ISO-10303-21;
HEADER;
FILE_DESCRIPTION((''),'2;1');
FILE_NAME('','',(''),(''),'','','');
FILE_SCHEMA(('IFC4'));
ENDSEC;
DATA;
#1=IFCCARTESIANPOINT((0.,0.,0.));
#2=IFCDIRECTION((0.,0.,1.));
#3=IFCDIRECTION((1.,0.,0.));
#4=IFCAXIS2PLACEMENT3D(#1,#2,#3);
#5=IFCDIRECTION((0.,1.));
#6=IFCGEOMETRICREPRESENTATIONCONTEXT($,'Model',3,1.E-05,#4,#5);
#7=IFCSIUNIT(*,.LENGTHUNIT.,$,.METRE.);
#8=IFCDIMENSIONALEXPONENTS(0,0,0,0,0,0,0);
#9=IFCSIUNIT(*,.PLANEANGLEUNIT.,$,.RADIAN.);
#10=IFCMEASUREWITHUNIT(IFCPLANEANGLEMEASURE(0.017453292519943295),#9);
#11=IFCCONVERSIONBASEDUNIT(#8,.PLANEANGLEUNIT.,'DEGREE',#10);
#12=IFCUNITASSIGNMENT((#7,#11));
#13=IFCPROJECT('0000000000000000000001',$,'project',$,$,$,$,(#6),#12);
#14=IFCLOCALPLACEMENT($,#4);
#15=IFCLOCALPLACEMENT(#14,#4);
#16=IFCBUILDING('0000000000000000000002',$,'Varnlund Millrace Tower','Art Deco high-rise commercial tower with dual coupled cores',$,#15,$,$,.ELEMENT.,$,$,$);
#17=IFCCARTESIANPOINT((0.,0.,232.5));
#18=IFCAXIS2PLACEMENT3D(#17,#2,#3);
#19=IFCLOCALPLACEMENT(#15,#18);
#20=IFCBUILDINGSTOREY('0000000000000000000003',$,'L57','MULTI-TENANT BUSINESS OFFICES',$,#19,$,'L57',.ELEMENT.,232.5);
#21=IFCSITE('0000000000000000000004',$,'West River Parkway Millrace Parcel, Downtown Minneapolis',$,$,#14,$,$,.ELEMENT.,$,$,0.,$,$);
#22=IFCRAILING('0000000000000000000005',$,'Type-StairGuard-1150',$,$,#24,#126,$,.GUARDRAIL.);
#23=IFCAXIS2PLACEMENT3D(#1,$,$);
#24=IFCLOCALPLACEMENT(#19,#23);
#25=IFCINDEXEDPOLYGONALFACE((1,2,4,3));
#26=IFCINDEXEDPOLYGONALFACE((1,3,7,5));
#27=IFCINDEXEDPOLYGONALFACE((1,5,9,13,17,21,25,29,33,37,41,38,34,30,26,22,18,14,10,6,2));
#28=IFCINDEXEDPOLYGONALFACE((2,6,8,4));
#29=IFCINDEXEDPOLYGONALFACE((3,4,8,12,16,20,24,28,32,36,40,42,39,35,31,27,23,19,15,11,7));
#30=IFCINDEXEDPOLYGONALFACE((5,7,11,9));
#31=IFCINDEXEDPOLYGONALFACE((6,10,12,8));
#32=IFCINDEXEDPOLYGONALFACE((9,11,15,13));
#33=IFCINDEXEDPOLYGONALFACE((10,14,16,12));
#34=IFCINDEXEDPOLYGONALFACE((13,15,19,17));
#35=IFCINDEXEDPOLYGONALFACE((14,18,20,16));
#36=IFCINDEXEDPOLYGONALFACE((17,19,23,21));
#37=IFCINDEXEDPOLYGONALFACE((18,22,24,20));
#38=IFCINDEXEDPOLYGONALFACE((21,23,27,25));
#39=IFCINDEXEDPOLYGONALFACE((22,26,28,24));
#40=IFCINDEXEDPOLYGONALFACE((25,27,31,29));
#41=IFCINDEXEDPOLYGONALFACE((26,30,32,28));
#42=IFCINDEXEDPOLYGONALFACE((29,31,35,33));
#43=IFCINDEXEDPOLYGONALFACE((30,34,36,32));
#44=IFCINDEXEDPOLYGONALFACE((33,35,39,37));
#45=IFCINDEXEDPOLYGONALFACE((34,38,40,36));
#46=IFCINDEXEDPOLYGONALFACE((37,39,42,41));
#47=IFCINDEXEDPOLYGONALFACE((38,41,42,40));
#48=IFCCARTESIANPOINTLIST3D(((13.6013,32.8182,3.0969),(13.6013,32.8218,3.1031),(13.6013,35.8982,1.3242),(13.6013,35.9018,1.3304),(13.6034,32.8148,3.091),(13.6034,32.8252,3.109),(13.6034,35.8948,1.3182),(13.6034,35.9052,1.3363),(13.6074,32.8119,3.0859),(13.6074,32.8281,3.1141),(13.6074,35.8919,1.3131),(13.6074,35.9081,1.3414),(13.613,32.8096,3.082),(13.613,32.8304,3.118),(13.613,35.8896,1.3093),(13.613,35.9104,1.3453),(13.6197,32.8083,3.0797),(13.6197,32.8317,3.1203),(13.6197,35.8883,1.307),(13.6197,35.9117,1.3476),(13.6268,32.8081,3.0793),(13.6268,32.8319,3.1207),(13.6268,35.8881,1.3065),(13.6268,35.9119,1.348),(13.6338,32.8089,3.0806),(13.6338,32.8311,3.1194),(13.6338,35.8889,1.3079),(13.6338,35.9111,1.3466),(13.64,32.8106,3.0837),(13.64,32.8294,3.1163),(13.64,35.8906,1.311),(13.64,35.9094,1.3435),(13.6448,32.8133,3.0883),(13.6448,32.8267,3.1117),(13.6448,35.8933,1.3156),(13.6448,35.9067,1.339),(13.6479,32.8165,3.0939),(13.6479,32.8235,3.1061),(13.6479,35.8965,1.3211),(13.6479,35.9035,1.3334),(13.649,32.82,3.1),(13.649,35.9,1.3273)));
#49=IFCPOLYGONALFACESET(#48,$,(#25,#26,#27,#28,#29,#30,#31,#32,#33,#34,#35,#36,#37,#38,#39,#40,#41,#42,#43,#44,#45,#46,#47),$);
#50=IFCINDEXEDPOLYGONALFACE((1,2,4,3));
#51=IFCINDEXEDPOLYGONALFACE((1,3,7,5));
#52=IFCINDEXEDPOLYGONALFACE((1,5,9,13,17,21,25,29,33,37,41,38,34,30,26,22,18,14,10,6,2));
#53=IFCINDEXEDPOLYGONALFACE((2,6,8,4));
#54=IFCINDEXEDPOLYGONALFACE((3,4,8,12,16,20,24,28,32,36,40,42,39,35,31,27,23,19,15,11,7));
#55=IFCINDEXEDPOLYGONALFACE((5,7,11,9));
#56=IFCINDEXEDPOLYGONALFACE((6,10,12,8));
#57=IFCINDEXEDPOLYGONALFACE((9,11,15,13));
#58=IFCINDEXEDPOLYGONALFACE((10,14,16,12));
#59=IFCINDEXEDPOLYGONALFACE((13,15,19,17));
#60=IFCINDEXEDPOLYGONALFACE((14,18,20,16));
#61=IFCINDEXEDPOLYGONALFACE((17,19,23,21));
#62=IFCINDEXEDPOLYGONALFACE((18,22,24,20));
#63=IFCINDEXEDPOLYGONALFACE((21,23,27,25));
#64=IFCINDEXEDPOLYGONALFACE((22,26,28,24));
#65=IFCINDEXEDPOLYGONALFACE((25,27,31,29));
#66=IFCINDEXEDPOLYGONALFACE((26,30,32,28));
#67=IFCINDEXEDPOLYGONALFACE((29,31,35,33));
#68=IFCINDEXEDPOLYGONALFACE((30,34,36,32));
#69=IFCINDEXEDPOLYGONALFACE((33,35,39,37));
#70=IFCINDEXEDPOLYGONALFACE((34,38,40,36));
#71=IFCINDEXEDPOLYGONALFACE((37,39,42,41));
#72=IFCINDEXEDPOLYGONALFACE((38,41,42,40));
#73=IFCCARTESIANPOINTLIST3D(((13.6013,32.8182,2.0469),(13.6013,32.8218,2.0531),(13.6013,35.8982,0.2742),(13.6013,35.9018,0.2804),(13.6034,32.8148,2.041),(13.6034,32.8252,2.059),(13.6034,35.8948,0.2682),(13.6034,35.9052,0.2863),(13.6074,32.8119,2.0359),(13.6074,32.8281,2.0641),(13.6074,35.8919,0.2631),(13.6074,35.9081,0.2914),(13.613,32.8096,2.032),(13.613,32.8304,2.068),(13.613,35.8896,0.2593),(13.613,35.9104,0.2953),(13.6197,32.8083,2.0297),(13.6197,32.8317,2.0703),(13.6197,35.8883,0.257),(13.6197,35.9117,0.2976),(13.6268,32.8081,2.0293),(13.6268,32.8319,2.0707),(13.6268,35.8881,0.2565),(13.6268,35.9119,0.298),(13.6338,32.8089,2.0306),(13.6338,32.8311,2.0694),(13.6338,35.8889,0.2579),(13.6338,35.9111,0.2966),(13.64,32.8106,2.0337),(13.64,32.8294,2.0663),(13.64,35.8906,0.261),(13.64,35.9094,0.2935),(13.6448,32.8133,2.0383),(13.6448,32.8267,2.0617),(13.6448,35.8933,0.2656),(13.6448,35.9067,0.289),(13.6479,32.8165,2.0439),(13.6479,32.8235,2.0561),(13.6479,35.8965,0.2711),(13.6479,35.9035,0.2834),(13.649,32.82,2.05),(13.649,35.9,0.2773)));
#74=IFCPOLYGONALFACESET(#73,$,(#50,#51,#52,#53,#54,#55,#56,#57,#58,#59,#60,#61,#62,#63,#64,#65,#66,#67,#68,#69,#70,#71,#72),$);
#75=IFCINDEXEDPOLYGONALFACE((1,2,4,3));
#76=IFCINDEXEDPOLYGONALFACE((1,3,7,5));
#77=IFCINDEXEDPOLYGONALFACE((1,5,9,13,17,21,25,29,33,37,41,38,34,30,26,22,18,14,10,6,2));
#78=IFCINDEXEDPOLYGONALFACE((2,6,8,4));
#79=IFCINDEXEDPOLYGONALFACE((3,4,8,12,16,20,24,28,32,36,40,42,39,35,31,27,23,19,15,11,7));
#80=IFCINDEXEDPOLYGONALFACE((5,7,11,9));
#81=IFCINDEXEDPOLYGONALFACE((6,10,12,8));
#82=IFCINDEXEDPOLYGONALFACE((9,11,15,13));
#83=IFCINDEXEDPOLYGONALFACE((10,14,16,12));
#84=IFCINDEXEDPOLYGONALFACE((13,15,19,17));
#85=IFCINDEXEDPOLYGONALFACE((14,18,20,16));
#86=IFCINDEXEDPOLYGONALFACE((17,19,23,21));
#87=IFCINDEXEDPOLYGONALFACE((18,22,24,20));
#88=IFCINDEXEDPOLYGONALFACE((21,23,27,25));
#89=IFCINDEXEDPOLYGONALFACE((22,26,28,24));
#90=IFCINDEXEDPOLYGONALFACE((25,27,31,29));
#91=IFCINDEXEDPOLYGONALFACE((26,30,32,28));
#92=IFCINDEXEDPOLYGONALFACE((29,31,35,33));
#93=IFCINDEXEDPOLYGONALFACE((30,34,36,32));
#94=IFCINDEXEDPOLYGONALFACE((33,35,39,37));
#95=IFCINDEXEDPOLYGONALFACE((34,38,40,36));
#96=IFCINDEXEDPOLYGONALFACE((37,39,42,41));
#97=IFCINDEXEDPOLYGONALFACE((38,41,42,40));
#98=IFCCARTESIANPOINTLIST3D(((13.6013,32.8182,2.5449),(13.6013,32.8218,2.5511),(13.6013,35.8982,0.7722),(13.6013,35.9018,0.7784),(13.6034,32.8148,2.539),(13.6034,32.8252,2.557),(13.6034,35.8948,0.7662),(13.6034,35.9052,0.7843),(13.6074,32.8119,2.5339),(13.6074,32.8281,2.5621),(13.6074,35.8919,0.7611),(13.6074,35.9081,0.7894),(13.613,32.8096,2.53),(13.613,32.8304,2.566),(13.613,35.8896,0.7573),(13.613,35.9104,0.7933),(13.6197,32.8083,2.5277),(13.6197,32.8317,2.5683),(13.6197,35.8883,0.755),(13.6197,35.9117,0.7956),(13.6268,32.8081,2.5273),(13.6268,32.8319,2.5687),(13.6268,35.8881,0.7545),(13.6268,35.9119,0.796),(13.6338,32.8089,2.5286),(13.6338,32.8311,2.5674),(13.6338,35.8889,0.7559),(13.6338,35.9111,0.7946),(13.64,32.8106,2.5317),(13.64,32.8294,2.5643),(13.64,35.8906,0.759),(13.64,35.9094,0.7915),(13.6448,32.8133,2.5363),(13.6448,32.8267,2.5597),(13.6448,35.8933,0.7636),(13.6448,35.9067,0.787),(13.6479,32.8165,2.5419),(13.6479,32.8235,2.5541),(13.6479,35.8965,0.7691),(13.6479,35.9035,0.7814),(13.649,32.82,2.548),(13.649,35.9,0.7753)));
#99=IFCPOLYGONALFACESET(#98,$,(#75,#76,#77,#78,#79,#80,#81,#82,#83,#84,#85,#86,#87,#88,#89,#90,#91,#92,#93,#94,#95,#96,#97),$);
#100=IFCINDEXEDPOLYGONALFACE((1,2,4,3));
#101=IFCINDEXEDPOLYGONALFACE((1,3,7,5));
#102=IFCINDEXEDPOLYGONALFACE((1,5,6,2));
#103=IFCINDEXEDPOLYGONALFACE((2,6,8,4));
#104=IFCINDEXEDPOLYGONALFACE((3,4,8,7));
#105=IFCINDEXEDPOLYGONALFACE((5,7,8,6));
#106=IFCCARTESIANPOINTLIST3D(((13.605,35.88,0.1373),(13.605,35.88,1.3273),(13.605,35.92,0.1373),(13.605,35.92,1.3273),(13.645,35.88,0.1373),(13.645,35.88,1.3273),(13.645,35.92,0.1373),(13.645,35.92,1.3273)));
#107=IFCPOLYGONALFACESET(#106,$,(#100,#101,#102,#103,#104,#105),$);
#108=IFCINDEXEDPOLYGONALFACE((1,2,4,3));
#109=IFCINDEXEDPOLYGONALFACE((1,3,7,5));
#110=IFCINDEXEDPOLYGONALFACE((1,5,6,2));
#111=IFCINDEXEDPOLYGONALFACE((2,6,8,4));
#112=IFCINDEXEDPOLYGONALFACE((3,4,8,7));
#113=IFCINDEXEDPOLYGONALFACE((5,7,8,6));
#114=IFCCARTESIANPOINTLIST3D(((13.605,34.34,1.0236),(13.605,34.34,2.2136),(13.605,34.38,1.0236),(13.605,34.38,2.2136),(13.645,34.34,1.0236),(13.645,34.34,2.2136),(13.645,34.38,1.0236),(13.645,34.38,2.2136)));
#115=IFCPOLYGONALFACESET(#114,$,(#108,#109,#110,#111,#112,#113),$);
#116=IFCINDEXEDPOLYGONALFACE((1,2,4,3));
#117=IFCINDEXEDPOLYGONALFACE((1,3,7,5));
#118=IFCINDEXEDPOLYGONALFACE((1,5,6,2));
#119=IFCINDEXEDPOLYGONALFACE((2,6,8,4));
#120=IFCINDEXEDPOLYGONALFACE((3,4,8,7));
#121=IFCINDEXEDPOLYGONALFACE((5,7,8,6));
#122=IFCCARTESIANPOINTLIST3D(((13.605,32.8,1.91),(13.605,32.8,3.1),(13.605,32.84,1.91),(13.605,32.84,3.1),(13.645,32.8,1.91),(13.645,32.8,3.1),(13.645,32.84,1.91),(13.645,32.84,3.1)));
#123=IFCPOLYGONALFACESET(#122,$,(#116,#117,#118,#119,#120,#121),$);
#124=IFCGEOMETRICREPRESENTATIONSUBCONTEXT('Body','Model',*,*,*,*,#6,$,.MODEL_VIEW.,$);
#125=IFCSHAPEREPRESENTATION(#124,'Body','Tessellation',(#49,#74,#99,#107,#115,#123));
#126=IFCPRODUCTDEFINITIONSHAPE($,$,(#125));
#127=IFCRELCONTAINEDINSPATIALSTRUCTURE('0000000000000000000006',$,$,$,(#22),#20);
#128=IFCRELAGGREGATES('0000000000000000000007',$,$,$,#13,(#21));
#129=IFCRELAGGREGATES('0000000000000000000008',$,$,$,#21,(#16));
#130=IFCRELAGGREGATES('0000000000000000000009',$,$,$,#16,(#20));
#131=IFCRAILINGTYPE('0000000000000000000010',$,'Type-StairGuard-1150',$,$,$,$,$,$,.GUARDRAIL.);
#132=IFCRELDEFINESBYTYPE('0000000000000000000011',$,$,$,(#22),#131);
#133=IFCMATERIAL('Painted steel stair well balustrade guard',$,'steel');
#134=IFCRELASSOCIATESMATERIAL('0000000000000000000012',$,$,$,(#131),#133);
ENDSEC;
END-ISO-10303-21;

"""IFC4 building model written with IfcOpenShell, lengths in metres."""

from ifc_helpers import new_model, entity, si_unit, converted_unit, direction, frame, origin_with_axes, origin_2d_with_axis, place, context, subcontext, project, spatial, rectangle, circle, extrude, material, type_object, element, save


model = new_model("IFC4")

# Units and contexts
model_context = context("Model", 3, precision=1e-05, world=origin_with_axes(), true_north=direction((0.0, 1.0)))
body_context = subcontext(model_context, "Body", "Model", "MODEL_VIEW")
ifc_project = project(units=[si_unit("LENGTHUNIT", "METRE"), converted_unit("PLANEANGLEUNIT", "DEGREE", entity("IfcPlaneAngleMeasure", 0.017453292519943295), si_unit("PLANEANGLEUNIT", "RADIAN"), dimensions=[0, 0, 0, 0, 0, 0, 0])], contexts=[model_context])

# Site, building, storey
site_placement = place(None, origin_with_axes())
site = spatial("IfcSite", under=ifc_project, at=site_placement, Name="West River Parkway Millrace Parcel, Downtown Minneapolis", CompositionType="ELEMENT", RefElevation=0.0)
building_placement = place(site_placement, origin_with_axes())
building = spatial("IfcBuilding", under=site, at=building_placement, Name="Varnlund Millrace Tower", Description="Art Deco high-rise commercial tower with dual coupled cores", CompositionType="ELEMENT")
storey_placement = place(building_placement, frame((0.0, 0.0, 232.5), z_axis=(0.0, 0.0, 1.0), x_axis=(1.0, 0.0, 0.0)))
storey = spatial("IfcBuildingStorey", under=building, at=storey_placement, Name="L57", Description="MULTI-TENANT BUSINESS OFFICES", LongName="L57", CompositionType="ELEMENT", Elevation=232.5)

# Railing
ifc_material_1 = material(Name="Painted steel stair well balustrade guard", Category="steel")
railing_type_1 = type_object("IfcRailingType", Name="Type-StairGuard-1150", PredefinedType="GUARDRAIL", material=ifc_material_1)
railing_1_placement = place(storey_placement, frame((0.0, 0.0, -232.5), z_axis=(0.0, 0.0, 1.0), x_axis=(1.0, 0.0, 0.0)))
element("IfcRailing", 1, at=railing_1_placement, inside=storey, type_object=railing_type_1, Name="Type-StairGuard-1150", PredefinedType="GUARDRAIL", context=body_context, shape_type="SweptSolid", body=[
    extrude(circle(Radius=0.024, at=origin_2d_with_axis()), frame((13.625, 35.9, 233.8273), z_axis=(0.0, -0.866696, 0.498836), x_axis=(1.0, 0.0, 0.0)), (0.0, 0.0, 1.0), 3.5537),
    extrude(circle(Radius=0.024, at=origin_2d_with_axis()), frame((13.625, 35.9, 232.7773), z_axis=(0.0, -0.866696, 0.498836), x_axis=(1.0, 0.0, 0.0)), (0.0, 0.0, 1.0), 3.5537),
    extrude(circle(Radius=0.024, at=origin_2d_with_axis()), frame((13.625, 35.9, 233.2753), z_axis=(0.0, -0.866696, 0.498836), x_axis=(1.0, 0.0, 0.0)), (0.0, 0.0, 1.0), 3.5537),
    extrude(rectangle(XDim=0.04, YDim=0.04, at=origin_2d_with_axis()), frame((13.625, 35.9, 232.6373), z_axis=(0.0, 0.0, 1.0), x_axis=(1.0, 0.0, 0.0)), (0.0, 0.0, 1.0), 1.19),
    extrude(rectangle(XDim=0.04, YDim=0.04, at=origin_2d_with_axis()), frame((13.625, 34.36, 233.5236), z_axis=(0.0, 0.0, 1.0), x_axis=(1.0, 0.0, 0.0)), (0.0, 0.0, 1.0), 1.19),
    extrude(rectangle(XDim=0.04, YDim=0.04, at=origin_2d_with_axis()), frame((13.625, 32.82, 234.41), z_axis=(0.0, 0.0, 1.0), x_axis=(1.0, 0.0, 0.0)), (0.0, 0.0, 1.0), 1.19),
])

save(model, "model.ifc")
